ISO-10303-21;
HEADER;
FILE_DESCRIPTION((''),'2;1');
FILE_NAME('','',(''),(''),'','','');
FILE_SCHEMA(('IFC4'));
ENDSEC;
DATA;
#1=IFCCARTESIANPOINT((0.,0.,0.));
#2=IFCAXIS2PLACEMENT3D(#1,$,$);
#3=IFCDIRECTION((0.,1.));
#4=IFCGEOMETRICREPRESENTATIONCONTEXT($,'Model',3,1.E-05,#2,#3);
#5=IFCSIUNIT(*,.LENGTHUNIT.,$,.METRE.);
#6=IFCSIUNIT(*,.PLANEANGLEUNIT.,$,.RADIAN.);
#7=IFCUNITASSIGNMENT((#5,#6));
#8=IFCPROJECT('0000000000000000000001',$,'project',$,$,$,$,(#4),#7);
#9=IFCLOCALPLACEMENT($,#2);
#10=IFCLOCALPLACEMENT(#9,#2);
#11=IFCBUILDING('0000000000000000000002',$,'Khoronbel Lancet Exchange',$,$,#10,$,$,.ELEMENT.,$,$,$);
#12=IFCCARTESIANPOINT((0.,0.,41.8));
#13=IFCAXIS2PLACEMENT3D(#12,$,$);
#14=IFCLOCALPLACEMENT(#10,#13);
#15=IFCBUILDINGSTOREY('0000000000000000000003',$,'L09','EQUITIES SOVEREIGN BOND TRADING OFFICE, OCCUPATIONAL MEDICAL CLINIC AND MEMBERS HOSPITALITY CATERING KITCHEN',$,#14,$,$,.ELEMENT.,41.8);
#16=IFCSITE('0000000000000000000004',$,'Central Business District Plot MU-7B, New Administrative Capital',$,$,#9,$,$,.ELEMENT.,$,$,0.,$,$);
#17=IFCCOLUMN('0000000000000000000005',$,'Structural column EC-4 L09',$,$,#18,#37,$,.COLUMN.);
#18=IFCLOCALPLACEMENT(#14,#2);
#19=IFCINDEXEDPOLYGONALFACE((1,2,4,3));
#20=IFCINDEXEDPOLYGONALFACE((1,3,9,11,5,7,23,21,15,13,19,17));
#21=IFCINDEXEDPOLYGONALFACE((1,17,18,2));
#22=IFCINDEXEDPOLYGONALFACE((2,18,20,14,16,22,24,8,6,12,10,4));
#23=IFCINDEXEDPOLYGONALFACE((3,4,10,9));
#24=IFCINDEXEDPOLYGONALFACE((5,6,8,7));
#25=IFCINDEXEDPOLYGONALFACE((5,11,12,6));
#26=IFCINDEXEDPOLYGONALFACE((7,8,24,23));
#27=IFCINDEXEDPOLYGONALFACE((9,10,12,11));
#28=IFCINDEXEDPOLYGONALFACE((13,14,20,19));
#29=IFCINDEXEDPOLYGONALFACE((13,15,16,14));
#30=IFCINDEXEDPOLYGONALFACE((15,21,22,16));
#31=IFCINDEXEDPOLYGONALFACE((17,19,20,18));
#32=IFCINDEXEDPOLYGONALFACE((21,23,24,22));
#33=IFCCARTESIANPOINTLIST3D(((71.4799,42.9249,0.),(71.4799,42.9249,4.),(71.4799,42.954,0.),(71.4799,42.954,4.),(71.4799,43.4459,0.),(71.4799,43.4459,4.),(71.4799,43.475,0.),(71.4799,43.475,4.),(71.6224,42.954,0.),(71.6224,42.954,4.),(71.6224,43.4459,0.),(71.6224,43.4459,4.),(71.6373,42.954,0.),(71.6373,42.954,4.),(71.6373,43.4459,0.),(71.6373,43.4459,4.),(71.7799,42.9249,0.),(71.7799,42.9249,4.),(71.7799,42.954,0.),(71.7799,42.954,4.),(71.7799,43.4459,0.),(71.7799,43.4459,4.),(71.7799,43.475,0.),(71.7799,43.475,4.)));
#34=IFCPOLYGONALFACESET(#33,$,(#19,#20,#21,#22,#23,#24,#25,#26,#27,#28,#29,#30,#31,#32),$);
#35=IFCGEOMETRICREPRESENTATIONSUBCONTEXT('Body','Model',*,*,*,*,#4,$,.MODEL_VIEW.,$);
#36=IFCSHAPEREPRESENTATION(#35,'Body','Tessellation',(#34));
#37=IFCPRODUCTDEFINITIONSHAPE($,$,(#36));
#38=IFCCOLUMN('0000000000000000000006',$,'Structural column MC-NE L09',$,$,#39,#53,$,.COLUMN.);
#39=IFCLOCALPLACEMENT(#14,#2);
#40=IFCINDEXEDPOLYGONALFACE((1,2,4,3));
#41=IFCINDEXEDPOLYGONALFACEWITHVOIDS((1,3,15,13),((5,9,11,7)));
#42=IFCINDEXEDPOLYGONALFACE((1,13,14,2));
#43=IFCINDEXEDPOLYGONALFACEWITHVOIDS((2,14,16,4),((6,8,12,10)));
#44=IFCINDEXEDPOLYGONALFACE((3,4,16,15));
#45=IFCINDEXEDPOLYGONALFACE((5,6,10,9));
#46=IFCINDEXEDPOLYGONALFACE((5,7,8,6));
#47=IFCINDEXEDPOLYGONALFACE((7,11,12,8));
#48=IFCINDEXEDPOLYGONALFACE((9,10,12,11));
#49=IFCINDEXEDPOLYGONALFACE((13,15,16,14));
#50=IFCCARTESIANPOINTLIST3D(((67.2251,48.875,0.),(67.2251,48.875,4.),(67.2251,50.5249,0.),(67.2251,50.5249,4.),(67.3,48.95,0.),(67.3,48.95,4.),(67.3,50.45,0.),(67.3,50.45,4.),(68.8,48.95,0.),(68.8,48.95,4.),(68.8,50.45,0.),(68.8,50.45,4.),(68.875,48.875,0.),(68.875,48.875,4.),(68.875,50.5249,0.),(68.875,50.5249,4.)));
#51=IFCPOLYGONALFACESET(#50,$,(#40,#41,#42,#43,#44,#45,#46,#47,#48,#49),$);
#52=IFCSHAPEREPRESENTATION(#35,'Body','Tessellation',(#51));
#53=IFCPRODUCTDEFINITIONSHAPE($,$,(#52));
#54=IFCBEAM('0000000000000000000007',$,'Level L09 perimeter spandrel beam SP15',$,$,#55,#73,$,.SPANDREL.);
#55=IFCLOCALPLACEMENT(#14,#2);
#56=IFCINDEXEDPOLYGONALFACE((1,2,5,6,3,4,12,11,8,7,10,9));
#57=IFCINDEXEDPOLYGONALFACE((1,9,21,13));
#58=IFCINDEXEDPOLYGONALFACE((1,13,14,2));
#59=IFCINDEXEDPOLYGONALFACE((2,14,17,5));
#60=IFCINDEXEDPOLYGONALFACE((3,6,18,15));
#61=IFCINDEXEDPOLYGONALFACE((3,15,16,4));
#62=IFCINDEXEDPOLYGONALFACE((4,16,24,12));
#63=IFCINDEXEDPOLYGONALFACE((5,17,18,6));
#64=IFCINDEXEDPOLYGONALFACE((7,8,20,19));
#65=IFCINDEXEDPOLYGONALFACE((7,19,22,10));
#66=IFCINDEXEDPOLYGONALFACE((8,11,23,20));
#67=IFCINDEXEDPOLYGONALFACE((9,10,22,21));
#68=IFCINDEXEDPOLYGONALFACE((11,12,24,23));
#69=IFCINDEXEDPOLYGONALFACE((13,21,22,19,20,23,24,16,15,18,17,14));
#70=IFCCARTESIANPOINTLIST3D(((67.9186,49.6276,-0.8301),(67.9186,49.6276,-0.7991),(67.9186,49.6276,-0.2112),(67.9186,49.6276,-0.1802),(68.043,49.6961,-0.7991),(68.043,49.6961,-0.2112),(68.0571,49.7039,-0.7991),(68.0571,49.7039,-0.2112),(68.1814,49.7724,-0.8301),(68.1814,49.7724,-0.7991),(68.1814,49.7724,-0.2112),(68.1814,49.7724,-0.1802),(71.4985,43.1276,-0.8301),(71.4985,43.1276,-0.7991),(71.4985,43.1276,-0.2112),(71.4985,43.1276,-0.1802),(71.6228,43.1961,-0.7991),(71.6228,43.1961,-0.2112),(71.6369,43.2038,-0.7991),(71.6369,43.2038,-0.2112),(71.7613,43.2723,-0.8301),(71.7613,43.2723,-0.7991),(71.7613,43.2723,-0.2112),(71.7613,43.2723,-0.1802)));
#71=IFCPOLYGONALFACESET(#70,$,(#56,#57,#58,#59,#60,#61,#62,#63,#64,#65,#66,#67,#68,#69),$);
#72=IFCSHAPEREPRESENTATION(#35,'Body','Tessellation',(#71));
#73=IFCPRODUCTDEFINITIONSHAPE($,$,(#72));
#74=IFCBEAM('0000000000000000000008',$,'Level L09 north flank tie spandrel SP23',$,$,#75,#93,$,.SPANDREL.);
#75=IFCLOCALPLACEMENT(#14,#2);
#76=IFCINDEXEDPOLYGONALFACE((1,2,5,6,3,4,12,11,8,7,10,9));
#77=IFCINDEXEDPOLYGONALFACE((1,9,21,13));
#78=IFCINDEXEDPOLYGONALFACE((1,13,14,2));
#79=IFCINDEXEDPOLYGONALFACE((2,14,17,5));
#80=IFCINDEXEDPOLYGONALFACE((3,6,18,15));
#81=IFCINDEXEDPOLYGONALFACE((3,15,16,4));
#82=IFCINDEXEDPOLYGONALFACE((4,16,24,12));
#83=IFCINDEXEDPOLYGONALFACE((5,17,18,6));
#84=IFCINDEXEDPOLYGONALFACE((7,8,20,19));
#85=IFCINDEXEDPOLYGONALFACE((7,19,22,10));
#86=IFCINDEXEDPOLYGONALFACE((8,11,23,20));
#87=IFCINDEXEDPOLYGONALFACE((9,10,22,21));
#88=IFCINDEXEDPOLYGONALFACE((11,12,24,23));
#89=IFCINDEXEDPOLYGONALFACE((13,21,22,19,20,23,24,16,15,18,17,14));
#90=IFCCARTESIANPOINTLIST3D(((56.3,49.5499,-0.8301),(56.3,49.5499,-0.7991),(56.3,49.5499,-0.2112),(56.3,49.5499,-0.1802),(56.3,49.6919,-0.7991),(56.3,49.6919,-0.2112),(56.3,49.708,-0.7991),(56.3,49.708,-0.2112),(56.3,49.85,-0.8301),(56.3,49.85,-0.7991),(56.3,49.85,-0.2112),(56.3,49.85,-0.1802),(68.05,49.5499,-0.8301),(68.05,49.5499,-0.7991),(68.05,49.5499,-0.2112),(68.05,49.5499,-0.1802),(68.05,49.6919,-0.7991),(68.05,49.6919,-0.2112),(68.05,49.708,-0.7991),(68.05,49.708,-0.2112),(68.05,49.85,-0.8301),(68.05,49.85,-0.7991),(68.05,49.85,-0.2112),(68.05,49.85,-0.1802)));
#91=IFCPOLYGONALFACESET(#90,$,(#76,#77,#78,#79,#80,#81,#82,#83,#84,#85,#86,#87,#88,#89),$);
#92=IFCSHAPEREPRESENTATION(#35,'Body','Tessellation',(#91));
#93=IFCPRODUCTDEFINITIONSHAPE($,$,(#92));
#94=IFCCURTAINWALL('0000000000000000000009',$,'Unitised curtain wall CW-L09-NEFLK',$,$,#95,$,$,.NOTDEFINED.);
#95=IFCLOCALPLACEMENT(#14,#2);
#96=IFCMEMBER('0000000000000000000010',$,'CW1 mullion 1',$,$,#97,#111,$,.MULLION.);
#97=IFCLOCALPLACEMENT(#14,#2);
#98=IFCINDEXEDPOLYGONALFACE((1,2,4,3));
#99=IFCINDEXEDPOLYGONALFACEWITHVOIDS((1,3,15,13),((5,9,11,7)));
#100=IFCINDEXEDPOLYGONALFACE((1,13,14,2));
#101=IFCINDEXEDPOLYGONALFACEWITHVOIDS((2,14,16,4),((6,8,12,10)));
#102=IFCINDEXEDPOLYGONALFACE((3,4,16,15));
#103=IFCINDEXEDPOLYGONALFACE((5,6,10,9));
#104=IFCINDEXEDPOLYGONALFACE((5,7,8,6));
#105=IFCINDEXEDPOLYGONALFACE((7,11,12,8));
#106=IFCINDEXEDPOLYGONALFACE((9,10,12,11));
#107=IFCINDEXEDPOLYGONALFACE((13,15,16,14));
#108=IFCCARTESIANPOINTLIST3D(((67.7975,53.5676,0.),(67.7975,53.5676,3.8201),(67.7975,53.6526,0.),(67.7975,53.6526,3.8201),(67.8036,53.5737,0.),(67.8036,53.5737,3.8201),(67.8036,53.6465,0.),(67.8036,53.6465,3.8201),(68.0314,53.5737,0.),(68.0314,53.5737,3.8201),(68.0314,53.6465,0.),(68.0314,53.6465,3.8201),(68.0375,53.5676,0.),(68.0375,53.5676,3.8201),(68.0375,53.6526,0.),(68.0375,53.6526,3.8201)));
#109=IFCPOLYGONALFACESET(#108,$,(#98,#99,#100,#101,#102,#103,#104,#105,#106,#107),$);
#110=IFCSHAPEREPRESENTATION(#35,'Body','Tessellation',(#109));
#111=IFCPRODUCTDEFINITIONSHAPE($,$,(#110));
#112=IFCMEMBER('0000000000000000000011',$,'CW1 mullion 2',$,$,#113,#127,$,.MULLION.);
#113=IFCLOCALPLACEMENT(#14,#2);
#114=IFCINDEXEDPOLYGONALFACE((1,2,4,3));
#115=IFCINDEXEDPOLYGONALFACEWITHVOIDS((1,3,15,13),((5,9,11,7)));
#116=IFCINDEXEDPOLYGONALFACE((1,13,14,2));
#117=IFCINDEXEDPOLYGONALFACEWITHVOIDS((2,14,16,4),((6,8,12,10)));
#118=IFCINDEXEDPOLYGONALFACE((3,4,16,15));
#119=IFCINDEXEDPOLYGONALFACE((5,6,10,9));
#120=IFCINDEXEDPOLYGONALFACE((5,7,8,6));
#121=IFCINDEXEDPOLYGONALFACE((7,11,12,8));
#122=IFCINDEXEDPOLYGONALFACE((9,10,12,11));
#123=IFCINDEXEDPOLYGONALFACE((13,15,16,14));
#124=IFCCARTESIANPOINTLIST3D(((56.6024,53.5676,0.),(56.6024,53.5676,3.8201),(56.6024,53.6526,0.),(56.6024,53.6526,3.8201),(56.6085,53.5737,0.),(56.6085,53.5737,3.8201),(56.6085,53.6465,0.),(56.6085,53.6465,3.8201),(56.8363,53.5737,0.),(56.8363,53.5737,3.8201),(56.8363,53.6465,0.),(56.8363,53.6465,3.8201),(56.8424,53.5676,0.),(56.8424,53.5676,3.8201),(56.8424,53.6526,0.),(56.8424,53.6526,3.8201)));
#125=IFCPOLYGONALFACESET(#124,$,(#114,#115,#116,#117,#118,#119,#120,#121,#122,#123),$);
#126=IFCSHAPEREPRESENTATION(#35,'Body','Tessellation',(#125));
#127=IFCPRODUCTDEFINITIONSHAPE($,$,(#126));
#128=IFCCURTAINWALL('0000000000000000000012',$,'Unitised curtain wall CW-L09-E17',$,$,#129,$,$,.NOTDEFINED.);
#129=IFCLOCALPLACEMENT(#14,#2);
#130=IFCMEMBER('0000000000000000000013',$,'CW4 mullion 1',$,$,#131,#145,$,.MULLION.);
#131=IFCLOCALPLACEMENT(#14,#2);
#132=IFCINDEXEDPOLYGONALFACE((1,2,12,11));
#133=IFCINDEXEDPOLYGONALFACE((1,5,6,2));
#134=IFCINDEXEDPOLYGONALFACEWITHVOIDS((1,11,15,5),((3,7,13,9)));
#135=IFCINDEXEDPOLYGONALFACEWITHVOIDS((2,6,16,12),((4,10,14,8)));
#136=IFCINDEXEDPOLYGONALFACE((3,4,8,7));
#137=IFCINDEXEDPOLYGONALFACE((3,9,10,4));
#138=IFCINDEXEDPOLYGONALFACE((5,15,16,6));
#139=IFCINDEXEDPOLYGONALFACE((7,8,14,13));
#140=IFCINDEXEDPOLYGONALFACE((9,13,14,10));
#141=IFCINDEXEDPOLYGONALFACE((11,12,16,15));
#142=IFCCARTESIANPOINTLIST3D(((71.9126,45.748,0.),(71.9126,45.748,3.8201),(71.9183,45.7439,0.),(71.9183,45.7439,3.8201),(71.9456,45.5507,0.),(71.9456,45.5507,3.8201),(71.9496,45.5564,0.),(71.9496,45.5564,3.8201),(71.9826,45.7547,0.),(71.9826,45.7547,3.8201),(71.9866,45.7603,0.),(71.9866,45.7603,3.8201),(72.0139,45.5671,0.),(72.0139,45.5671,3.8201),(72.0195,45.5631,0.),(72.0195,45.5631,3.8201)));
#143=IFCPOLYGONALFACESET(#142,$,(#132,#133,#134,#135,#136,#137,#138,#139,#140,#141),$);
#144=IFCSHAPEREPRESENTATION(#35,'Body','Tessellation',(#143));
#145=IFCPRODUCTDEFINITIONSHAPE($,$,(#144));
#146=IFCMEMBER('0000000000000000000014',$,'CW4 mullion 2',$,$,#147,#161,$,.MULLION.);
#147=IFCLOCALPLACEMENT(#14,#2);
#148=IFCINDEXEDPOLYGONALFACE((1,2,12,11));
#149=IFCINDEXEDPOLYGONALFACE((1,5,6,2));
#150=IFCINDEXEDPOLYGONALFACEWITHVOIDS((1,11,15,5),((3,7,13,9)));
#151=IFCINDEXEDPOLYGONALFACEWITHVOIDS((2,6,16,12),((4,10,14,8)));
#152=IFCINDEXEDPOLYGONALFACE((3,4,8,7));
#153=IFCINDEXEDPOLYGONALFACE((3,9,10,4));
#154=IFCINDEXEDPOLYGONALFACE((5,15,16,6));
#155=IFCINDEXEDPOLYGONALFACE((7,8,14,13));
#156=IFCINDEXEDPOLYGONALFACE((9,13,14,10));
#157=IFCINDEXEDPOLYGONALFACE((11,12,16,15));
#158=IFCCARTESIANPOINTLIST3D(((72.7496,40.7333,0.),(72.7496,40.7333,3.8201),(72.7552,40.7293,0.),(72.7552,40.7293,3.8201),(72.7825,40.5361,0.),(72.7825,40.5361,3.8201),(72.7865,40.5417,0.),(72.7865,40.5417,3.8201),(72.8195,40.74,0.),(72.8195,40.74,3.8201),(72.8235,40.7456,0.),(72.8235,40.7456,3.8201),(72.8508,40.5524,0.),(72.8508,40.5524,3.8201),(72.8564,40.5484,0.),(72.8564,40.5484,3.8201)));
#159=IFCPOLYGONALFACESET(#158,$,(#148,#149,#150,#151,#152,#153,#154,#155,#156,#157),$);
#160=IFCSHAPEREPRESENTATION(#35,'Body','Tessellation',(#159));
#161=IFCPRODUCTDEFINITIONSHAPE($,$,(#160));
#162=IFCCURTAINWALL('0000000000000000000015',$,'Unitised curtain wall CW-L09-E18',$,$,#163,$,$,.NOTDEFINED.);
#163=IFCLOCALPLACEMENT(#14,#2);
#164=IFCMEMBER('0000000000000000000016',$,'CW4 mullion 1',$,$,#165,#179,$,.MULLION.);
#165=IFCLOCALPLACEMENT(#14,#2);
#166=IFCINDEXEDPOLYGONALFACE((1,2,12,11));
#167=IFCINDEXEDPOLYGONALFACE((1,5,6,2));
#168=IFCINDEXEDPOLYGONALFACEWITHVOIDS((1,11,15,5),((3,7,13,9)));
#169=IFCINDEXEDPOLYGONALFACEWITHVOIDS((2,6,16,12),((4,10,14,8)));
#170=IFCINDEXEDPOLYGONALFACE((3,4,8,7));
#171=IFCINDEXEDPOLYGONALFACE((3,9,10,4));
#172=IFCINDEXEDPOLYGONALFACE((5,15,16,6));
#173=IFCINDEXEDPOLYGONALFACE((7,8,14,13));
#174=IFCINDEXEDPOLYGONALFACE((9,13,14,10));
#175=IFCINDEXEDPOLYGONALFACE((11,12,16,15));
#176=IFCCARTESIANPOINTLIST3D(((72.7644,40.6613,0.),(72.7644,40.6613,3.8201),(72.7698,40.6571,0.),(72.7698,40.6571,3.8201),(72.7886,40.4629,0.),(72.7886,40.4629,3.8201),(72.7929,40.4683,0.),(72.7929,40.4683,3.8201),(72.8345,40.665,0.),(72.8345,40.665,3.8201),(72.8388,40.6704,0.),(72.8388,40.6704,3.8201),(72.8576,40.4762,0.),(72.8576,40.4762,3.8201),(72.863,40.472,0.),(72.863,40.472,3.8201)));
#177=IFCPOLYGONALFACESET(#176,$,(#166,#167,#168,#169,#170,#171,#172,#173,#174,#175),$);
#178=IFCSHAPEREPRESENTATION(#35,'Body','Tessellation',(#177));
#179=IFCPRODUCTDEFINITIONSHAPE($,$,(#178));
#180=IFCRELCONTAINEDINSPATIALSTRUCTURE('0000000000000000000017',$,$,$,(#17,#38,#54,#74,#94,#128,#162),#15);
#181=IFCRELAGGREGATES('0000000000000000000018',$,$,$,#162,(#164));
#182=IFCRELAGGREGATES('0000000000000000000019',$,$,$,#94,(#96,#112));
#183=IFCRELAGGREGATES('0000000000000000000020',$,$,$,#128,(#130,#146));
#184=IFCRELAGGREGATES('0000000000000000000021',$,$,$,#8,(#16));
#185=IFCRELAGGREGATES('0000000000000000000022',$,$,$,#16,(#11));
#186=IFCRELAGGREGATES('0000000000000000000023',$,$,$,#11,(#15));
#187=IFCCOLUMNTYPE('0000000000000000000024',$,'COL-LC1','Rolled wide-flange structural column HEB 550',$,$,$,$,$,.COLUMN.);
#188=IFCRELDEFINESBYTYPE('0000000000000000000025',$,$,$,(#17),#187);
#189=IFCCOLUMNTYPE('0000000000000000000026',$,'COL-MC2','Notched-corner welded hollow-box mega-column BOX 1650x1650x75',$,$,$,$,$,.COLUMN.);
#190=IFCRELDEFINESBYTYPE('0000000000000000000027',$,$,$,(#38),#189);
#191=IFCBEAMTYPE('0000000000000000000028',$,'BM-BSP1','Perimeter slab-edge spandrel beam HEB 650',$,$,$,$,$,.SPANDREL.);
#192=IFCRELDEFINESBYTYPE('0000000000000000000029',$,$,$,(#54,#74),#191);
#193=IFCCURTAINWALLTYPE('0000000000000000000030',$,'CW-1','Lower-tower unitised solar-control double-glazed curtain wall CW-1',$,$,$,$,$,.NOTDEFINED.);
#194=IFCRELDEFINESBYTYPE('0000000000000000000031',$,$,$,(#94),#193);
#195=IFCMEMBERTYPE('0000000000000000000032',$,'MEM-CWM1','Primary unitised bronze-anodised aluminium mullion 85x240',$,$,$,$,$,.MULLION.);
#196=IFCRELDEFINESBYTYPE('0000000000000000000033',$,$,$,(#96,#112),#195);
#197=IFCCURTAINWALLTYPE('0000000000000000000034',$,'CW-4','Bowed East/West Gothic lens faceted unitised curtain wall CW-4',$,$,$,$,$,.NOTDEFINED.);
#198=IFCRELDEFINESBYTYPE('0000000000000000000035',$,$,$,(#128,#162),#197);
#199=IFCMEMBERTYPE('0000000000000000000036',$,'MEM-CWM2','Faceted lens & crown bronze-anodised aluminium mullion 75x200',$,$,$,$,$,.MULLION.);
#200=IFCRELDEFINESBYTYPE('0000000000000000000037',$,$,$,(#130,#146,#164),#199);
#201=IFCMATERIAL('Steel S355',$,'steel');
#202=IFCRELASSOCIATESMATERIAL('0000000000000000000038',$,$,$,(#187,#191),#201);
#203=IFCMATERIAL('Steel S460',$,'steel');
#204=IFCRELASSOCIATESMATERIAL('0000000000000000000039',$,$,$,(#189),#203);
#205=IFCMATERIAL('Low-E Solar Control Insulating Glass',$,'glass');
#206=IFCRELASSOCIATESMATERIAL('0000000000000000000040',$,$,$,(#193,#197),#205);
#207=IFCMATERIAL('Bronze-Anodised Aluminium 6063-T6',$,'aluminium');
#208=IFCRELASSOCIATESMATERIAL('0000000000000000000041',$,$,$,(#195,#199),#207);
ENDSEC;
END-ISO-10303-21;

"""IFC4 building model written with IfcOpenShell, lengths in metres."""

from ifc_helpers import new_model, si_unit, direction, frame, origin, origin_2d, place, context, subcontext, project, spatial, hollow_rectangle, i_section, extrude, material, material_profile, profile_set, type_object, element, aggregate, save


model = new_model("IFC4")

# Units and contexts
model_context = context("Model", 3, precision=1e-05, world=origin(), true_north=direction((0.0, 1.0)))
body_context = subcontext(model_context, "Body", "Model", "MODEL_VIEW")
ifc_project = project(units=[si_unit("LENGTHUNIT", "METRE"), si_unit("PLANEANGLEUNIT", "RADIAN")], contexts=[model_context])

# Site, building, storey
site_placement = place(None, origin())
site = spatial("IfcSite", under=ifc_project, at=site_placement, Name="Central Business District Plot MU-7B, New Administrative Capital", CompositionType="ELEMENT", RefElevation=0.0)
building_placement = place(site_placement, origin())
building = spatial("IfcBuilding", under=site, at=building_placement, Name="Khoronbel Lancet Exchange", CompositionType="ELEMENT")
storey_placement = place(building_placement, frame((0.0, 0.0, 41.8)))
storey = spatial("IfcBuildingStorey", under=building, at=storey_placement, Name="L09", Description="EQUITIES SOVEREIGN BOND TRADING OFFICE, OCCUPATIONAL MEDICAL CLINIC AND MEMBERS HOSPITALITY CATERING KITCHEN", CompositionType="ELEMENT", Elevation=41.8)

# Columns
ifc_material_1 = material(Name="Steel S355", Category="steel")
ifc_material_profile_1 = material_profile(ifc_material_1, i_section(OverallWidth=0.3, OverallDepth=0.55, WebThickness=0.0149, FlangeThickness=0.0291, at=origin_2d()), Name="HEB 550")
ifc_profile_set_1 = profile_set([ifc_material_profile_1], Name="Steel S355")
column_type_1 = type_object("IfcColumnType", Name="COL-LC1", Description="Rolled wide-flange structural column HEB 550", PredefinedType="COLUMN", material=ifc_profile_set_1)
column_1_placement = place(storey_placement, frame((71.6299, 43.2, 0.0), z_axis=(0.0, 0.0, 1.0), x_axis=(1.0, 0.0, 0.0)))
element("IfcColumn", 1, at=column_1_placement, inside=storey, type_object=column_type_1, Name="Structural column EC-4 L09", PredefinedType="COLUMN", context=body_context, shape_type="SweptSolid", body=[
    extrude(i_section(OverallWidth=0.3, OverallDepth=0.55, WebThickness=0.0149, FlangeThickness=0.0291, at=origin_2d()), origin(), (0.0, 0.0, 1.0), 4.0),
])
ifc_material_2 = material(Name="Steel S460", Category="steel")
ifc_material_profile_2 = material_profile(ifc_material_2, hollow_rectangle(XDim=1.6499, YDim=1.6499, WallThickness=0.075, at=origin_2d()), Name="BOX 1650x1650x75")
ifc_profile_set_2 = profile_set([ifc_material_profile_2], Name="Steel S460")
column_type_2 = type_object("IfcColumnType", Name="COL-MC2", Description="Notched-corner welded hollow-box mega-column BOX 1650x1650x75", PredefinedType="COLUMN", material=ifc_profile_set_2)
column_2_placement = place(storey_placement, frame((68.05, 49.7, 0.0), z_axis=(0.0, 0.0, 1.0), x_axis=(1.0, 0.0, 0.0)))
element("IfcColumn", 2, at=column_2_placement, inside=storey, type_object=column_type_2, Name="Structural column MC-NE L09", PredefinedType="COLUMN", context=body_context, shape_type="SweptSolid", body=[
    extrude(hollow_rectangle(XDim=1.6499, YDim=1.6499, WallThickness=0.075, at=origin_2d()), origin(), (0.0, 0.0, 1.0), 4.0),
])

# Beams
ifc_material_profile_3 = material_profile(ifc_material_1, i_section(OverallWidth=0.3, OverallDepth=0.6499, WebThickness=0.0161, FlangeThickness=0.031, at=origin_2d()), Name="HEB 650")
ifc_profile_set_3 = profile_set([ifc_material_profile_3], Name="Steel S355")
beam_type = type_object("IfcBeamType", Name="BM-BSP1", Description="Perimeter slab-edge spandrel beam HEB 650", PredefinedType="SPANDREL", material=ifc_profile_set_3)
beam_1_placement = place(storey_placement, frame((71.6299, 43.2, -0.5051), z_axis=(-0.482419, 0.875941, 0.0), x_axis=(-0.875941, -0.482419, 0.0)))
element("IfcBeam", 3, at=beam_1_placement, inside=storey, type_object=beam_type, Name="Level L09 perimeter spandrel beam SP15", PredefinedType="SPANDREL", context=body_context, shape_type="SweptSolid", body=[
    extrude(i_section(OverallWidth=0.3, OverallDepth=0.6499, WebThickness=0.0161, FlangeThickness=0.031, at=origin_2d()), origin(), (0.0, 0.0, 1.0), 7.4207),
])
beam_2_placement = place(storey_placement, frame((68.05, 49.7, -0.5051), z_axis=(-1.0, 0.0, 0.0), x_axis=(0.0, -1.0, 0.0)))
element("IfcBeam", 4, at=beam_2_placement, inside=storey, type_object=beam_type, Name="Level L09 north flank tie spandrel SP23", PredefinedType="SPANDREL", context=body_context, shape_type="SweptSolid", body=[
    extrude(i_section(OverallWidth=0.3, OverallDepth=0.6499, WebThickness=0.0161, FlangeThickness=0.031, at=origin_2d()), origin(), (0.0, 0.0, 1.0), 11.75),
])

# Curtain walls, members
ifc_material_3 = material(Name="Low-E Solar Control Insulating Glass", Category="glass")
curtain_wall_type_1 = type_object("IfcCurtainWallType", Name="CW-1", Description="Lower-tower unitised solar-control double-glazed curtain wall CW-1", PredefinedType="NOTDEFINED", material=ifc_material_3)
curtain_wall_1_placement = place(storey_placement, origin())
curtain_wall_1 = element("IfcCurtainWall", 5, at=curtain_wall_1_placement, inside=storey, type_object=curtain_wall_type_1, Name="Unitised curtain wall CW-L09-NEFLK", PredefinedType="NOTDEFINED")
ifc_material_4 = material(Name="Bronze-Anodised Aluminium 6063-T6", Category="aluminium")
ifc_material_profile_4 = material_profile(ifc_material_4, hollow_rectangle(XDim=0.085, YDim=0.24, WallThickness=0.0061, at=origin_2d()), Name="ALU MULLION 85x240")
ifc_profile_set_4 = profile_set([ifc_material_profile_4], Name="Bronze-Anodised Aluminium 6063-T6")
member_type_1 = type_object("IfcMemberType", Name="MEM-CWM1", Description="Primary unitised bronze-anodised aluminium mullion 85x240", PredefinedType="MULLION", material=ifc_profile_set_4)
member_1_placement = place(storey_placement, frame((67.9175, 53.6101, 0.0), z_axis=(0.0, 0.0, 1.0), x_axis=(0.0, -1.0, 0.0)))
member_1 = element("IfcMember", 6, at=member_1_placement, type_object=member_type_1, Name="CW1 mullion 1", PredefinedType="MULLION", context=body_context, shape_type="SweptSolid", body=[
    extrude(hollow_rectangle(XDim=0.085, YDim=0.24, WallThickness=0.0061, at=origin_2d()), origin(), (0.0, 0.0, 1.0), 3.8201),
])
member_2_placement = place(storey_placement, frame((56.7224, 53.6101, 0.0), z_axis=(0.0, 0.0, 1.0), x_axis=(0.0, -1.0, 0.0)))
member_2 = element("IfcMember", 7, at=member_2_placement, type_object=member_type_1, Name="CW1 mullion 2", PredefinedType="MULLION", context=body_context, shape_type="SweptSolid", body=[
    extrude(hollow_rectangle(XDim=0.085, YDim=0.24, WallThickness=0.0061, at=origin_2d()), origin(), (0.0, 0.0, 1.0), 3.8201),
])
curtain_wall_type_2 = type_object("IfcCurtainWallType", Name="CW-4", Description="Bowed East/West Gothic lens faceted unitised curtain wall CW-4", PredefinedType="NOTDEFINED", material=ifc_material_3)
curtain_wall_2_placement = place(storey_placement, origin())
curtain_wall_2 = element("IfcCurtainWall", 8, at=curtain_wall_2_placement, inside=storey, type_object=curtain_wall_type_2, Name="Unitised curtain wall CW-L09-E17", PredefinedType="NOTDEFINED")
ifc_material_profile_5 = material_profile(ifc_material_4, hollow_rectangle(XDim=0.075, YDim=0.2, WallThickness=0.0049, at=origin_2d()), Name="ALU MULLION 75x200")
ifc_profile_set_5 = profile_set([ifc_material_profile_5], Name="Bronze-Anodised Aluminium 6063-T6")
member_type_2 = type_object("IfcMemberType", Name="MEM-CWM2", Description="Faceted lens & crown bronze-anodised aluminium mullion 75x200", PredefinedType="MULLION", material=ifc_profile_set_5)
member_3_placement = place(storey_placement, frame((71.9661, 45.6555, 0.0), z_axis=(0.0, 0.0, 1.0), x_axis=(0.98636, 0.164603, 0.0)))
member_3 = element("IfcMember", 9, at=member_3_placement, type_object=member_type_2, Name="CW4 mullion 1", PredefinedType="MULLION", context=body_context, shape_type="SweptSolid", body=[
    extrude(hollow_rectangle(XDim=0.075, YDim=0.2, WallThickness=0.0049, at=origin_2d()), origin(), (0.0, 0.0, 1.0), 3.8201),
])
member_4_placement = place(storey_placement, frame((72.803, 40.6409, 0.0), z_axis=(0.0, 0.0, 1.0), x_axis=(0.98636, 0.164603, 0.0)))
member_4 = element("IfcMember", 10, at=member_4_placement, type_object=member_type_2, Name="CW4 mullion 2", PredefinedType="MULLION", context=body_context, shape_type="SweptSolid", body=[
    extrude(hollow_rectangle(XDim=0.075, YDim=0.2, WallThickness=0.0049, at=origin_2d()), origin(), (0.0, 0.0, 1.0), 3.8201),
])

# Curtain wall, member
curtain_wall_3_placement = place(storey_placement, origin())
curtain_wall_3 = element("IfcCurtainWall", 11, at=curtain_wall_3_placement, inside=storey, type_object=curtain_wall_type_2, Name="Unitised curtain wall CW-L09-E18", PredefinedType="NOTDEFINED")
member_5_placement = place(storey_placement, frame((72.8137, 40.5667, 0.0), z_axis=(0.0, 0.0, 1.0), x_axis=(0.992622, 0.121253, 0.0)))
member_5 = element("IfcMember", 12, at=member_5_placement, type_object=member_type_2, Name="CW4 mullion 1", PredefinedType="MULLION", context=body_context, shape_type="SweptSolid", body=[
    extrude(hollow_rectangle(XDim=0.075, YDim=0.2, WallThickness=0.0049, at=origin_2d()), origin(), (0.0, 0.0, 1.0), 3.8201),
])

aggregate(curtain_wall_3, [member_5])

aggregate(curtain_wall_1, [member_1, member_2])
aggregate(curtain_wall_2, [member_3, member_4])

save(model, "model.ifc")
